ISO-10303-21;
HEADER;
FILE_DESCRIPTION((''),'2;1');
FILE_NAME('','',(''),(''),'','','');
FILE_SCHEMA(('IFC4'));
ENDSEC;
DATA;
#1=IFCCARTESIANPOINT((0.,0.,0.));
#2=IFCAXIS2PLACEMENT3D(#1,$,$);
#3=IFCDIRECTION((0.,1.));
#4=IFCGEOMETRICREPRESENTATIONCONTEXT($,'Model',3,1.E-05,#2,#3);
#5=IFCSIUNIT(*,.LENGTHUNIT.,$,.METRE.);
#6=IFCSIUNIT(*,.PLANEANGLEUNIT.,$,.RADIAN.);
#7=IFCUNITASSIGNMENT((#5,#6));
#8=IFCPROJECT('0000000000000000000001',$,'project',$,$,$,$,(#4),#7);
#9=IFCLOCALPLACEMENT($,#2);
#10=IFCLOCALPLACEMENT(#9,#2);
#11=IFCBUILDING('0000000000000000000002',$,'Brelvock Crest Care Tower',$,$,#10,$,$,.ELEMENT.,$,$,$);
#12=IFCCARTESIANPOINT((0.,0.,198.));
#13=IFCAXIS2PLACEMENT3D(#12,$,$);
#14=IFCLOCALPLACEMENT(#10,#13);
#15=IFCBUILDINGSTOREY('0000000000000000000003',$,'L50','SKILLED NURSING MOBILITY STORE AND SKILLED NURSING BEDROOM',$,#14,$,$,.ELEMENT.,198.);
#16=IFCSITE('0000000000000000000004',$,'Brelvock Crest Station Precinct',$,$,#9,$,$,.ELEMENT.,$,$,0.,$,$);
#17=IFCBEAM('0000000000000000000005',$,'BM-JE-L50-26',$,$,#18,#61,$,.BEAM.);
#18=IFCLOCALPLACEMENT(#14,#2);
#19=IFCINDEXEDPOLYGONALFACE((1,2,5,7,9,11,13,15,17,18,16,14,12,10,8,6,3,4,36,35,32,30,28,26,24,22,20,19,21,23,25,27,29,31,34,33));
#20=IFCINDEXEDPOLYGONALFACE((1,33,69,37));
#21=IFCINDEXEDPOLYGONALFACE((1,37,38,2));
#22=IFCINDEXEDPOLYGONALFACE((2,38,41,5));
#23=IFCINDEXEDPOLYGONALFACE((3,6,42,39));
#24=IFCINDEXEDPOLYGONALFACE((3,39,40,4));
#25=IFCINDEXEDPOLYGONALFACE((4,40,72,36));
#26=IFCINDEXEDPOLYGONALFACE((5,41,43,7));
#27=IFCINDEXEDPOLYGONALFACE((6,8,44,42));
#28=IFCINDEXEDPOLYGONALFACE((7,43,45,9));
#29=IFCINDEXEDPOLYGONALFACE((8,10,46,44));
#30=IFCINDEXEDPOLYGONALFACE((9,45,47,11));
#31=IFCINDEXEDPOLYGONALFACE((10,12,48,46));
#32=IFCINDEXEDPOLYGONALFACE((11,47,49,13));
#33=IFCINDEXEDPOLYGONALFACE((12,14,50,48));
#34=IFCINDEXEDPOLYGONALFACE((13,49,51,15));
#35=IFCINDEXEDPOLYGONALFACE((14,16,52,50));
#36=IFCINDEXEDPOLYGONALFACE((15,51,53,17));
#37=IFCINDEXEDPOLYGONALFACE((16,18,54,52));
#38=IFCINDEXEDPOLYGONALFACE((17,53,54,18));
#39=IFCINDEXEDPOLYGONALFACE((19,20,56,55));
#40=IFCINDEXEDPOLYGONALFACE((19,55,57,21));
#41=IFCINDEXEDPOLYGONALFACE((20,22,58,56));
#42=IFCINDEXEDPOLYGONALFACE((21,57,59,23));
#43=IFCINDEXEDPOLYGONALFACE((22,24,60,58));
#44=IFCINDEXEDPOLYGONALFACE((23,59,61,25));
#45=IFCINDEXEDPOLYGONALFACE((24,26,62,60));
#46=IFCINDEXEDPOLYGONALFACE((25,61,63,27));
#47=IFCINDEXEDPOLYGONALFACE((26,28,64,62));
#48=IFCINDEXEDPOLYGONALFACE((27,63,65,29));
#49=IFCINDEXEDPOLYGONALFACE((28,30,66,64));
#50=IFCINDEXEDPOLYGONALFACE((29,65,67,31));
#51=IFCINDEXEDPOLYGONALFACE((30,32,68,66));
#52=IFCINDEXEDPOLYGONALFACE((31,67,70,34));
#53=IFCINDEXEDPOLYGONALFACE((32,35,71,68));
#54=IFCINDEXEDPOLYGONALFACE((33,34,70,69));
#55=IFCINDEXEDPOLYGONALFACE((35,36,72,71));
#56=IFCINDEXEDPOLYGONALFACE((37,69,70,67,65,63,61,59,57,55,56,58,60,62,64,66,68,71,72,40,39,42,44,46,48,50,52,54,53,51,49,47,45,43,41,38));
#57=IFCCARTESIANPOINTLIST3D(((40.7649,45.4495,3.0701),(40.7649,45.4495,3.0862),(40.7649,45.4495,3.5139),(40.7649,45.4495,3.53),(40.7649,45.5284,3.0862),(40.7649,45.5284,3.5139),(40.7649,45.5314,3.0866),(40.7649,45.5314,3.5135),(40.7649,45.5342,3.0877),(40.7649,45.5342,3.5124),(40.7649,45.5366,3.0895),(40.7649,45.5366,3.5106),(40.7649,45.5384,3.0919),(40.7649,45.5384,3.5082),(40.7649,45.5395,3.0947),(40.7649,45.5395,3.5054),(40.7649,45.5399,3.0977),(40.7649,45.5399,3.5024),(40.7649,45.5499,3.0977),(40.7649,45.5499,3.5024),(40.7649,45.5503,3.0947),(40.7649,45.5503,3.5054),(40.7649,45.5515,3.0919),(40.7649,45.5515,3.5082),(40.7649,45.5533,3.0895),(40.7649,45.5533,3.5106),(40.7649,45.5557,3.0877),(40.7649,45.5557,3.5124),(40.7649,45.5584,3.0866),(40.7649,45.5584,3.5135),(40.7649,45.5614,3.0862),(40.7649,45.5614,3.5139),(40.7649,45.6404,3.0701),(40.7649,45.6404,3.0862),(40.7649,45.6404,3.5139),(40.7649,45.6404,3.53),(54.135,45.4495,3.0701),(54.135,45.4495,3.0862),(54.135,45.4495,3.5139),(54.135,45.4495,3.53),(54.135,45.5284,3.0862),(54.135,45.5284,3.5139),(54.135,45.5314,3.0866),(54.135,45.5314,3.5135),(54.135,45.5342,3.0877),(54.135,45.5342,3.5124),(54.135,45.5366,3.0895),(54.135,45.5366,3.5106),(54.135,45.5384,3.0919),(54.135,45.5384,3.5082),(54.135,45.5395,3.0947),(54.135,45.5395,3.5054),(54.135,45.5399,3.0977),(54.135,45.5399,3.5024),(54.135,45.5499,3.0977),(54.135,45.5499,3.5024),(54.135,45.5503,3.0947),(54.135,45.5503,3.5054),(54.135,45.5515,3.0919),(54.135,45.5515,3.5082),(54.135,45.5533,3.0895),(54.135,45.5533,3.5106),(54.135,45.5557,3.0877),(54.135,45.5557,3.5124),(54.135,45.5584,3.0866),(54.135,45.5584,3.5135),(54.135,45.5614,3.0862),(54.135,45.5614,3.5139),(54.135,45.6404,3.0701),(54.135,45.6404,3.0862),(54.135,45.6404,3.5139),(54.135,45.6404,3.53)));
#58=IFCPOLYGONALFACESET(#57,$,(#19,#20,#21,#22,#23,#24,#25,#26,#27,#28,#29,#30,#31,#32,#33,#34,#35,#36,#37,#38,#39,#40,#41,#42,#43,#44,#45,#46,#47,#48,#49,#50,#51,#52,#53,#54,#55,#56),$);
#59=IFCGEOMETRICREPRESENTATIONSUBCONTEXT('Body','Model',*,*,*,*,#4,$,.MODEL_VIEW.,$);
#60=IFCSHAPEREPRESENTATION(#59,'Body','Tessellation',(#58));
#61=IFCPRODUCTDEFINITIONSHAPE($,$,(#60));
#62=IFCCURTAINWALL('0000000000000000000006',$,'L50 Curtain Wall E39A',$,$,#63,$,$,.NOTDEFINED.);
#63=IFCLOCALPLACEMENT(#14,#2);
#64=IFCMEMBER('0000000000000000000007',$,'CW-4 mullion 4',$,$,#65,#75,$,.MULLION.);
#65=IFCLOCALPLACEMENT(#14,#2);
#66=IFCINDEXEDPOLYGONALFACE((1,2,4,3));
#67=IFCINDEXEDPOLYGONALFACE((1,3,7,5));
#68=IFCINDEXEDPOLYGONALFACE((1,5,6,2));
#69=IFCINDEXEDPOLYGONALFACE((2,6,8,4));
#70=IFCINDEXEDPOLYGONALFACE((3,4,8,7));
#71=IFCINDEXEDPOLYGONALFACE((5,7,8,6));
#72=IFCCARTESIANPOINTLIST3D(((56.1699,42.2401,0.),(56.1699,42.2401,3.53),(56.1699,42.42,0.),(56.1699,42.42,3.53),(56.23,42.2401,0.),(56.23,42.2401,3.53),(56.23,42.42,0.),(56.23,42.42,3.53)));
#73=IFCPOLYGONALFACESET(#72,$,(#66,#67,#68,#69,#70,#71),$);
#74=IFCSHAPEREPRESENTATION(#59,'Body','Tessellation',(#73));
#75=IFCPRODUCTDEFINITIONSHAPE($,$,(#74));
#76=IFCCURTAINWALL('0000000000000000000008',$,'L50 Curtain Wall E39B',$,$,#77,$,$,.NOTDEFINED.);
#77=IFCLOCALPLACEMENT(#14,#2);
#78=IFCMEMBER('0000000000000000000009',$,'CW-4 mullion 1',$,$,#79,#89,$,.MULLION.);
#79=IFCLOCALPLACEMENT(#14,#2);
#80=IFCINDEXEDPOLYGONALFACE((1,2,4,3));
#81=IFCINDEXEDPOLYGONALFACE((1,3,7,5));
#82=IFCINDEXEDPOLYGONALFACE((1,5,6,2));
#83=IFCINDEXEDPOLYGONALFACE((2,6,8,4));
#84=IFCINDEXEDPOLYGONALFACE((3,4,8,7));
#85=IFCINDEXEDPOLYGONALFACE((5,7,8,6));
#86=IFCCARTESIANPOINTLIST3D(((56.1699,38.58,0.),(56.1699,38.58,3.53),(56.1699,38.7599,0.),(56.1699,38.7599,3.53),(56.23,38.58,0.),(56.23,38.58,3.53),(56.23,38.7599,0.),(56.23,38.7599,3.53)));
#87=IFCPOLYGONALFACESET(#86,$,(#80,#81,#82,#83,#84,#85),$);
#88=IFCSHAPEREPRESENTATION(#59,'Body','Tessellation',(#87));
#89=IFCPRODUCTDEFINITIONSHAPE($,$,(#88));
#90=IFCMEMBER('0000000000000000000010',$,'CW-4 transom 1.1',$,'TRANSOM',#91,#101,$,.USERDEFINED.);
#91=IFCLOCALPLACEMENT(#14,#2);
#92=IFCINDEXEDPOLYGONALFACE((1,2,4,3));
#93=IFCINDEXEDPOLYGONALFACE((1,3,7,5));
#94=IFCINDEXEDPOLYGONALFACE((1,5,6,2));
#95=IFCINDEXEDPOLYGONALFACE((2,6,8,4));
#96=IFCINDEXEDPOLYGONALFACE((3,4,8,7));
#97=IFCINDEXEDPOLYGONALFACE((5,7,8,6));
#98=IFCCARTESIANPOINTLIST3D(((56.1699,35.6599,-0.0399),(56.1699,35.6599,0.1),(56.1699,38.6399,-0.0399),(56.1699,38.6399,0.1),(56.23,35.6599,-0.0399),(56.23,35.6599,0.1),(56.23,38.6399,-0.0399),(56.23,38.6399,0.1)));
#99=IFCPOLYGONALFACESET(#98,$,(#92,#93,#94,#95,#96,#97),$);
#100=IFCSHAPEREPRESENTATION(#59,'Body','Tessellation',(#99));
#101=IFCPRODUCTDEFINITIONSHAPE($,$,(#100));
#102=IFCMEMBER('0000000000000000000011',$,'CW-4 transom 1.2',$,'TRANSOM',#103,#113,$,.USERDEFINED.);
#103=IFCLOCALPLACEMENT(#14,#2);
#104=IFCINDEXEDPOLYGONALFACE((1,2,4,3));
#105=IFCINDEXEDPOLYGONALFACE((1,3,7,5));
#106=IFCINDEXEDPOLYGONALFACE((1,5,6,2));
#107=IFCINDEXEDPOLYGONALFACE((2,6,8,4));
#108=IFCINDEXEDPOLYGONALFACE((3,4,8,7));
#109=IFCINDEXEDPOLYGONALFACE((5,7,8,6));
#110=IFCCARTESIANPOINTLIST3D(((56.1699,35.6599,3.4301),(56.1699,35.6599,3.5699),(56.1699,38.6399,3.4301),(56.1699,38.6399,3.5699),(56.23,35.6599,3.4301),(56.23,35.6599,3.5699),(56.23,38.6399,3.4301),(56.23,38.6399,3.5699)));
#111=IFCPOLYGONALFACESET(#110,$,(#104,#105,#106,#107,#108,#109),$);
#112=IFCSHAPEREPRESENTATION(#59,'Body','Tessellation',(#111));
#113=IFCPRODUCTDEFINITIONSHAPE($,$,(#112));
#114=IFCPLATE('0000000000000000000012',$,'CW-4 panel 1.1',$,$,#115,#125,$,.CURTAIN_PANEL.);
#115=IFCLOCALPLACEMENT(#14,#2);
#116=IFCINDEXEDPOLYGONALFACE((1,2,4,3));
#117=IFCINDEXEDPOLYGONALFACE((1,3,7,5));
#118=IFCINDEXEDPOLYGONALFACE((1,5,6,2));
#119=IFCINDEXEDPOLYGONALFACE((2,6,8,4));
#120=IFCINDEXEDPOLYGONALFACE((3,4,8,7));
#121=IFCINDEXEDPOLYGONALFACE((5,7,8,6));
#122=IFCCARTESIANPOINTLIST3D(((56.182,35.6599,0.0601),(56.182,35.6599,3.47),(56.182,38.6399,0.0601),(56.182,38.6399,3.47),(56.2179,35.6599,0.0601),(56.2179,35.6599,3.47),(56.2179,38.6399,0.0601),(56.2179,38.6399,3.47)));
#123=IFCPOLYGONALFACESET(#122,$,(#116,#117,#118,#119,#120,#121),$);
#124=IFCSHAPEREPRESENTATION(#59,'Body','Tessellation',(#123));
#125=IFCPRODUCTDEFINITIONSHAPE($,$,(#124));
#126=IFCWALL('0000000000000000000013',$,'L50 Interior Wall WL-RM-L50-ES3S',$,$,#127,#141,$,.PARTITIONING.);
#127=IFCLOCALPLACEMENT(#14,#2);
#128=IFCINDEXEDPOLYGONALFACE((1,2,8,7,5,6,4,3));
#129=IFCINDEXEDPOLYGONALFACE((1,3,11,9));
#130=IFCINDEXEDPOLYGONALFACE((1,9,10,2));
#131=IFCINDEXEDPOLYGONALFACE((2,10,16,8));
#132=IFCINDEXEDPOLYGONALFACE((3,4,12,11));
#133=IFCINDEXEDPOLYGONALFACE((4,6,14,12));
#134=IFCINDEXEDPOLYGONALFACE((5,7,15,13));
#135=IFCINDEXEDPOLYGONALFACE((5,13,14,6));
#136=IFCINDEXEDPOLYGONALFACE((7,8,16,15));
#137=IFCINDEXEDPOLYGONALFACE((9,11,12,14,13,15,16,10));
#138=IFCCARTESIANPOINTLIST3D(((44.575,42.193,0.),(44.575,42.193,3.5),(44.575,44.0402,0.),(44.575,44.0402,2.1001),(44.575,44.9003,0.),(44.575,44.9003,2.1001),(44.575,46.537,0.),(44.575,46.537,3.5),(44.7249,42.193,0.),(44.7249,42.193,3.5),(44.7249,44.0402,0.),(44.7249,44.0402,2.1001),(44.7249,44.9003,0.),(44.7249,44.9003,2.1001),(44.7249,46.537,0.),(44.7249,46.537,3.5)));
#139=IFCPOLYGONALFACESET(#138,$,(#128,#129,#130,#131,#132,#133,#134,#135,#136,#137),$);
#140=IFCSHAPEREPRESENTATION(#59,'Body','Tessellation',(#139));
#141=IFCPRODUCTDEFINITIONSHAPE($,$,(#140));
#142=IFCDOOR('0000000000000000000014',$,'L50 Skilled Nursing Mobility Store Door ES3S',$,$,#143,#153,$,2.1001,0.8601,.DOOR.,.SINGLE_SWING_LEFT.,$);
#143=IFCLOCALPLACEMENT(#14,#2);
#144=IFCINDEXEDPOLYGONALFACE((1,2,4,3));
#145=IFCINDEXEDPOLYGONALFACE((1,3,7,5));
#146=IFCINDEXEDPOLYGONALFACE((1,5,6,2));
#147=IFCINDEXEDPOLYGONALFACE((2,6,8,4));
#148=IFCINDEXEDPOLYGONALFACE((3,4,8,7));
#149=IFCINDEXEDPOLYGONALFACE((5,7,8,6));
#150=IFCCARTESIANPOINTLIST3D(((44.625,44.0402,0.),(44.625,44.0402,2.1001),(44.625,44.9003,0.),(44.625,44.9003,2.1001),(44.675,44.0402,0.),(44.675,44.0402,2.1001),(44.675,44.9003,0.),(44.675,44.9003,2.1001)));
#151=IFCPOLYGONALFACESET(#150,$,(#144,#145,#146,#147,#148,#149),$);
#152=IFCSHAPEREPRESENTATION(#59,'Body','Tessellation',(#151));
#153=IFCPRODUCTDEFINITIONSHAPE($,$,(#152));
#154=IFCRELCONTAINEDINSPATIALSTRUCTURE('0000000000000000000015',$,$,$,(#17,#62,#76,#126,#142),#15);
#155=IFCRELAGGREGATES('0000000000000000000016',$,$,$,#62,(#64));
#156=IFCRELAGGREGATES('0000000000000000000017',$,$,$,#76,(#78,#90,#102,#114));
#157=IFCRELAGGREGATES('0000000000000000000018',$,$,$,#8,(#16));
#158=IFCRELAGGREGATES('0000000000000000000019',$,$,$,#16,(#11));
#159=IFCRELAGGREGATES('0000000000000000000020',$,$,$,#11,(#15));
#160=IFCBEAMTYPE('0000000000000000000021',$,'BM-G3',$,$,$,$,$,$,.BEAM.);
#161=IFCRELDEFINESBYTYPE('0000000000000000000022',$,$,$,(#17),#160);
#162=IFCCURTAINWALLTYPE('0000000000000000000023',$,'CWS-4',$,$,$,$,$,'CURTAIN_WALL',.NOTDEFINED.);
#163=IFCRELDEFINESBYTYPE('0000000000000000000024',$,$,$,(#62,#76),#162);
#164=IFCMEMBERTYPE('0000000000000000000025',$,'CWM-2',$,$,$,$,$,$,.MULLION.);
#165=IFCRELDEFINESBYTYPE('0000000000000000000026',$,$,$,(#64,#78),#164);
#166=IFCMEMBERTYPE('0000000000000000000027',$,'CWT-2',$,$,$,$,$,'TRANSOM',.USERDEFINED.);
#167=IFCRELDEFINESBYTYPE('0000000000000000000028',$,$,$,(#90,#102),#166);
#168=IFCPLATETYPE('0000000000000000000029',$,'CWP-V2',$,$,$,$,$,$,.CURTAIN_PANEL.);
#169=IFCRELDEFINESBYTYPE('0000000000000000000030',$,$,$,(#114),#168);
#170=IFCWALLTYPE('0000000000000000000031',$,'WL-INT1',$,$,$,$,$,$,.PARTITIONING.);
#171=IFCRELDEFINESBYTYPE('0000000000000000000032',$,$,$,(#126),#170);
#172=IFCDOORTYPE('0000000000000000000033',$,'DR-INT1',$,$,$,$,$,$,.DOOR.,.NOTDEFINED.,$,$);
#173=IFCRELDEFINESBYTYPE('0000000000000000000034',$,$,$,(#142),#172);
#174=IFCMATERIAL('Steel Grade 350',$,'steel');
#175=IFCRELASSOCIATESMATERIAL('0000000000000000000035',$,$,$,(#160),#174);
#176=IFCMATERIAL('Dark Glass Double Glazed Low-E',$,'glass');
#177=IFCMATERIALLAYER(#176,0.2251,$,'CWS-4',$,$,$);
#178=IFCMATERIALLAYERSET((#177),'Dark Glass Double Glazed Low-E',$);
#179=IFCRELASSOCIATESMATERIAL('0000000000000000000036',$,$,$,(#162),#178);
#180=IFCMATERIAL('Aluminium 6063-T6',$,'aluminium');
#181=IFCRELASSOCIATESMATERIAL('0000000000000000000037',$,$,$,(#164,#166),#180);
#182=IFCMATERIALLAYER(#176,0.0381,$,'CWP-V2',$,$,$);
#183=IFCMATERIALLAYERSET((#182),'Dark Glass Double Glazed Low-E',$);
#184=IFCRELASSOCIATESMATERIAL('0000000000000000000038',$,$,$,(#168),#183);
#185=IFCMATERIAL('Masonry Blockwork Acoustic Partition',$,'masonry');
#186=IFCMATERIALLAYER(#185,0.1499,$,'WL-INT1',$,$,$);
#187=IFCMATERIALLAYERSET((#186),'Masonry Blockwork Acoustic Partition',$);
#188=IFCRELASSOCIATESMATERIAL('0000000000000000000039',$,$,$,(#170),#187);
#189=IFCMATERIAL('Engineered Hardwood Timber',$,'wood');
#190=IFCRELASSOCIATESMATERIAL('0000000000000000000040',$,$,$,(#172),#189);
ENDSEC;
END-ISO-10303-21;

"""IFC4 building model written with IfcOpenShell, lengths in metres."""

from ifc_helpers import new_model, si_unit, direction, frame, frame_2d, origin, origin_2d, place, context, subcontext, project, spatial, rectangle, i_section, extrude, source, transform, mapped, material, layer, layer_set, material_profile, profile_set, type_object, element, fill, aggregate, save


model = new_model("IFC4")

# Units and contexts
model_context = context("Model", 3, precision=1e-05, world=origin(), true_north=direction((0.0, 1.0)))
body_context = subcontext(model_context, "Body", "Model", "MODEL_VIEW")
ifc_project = project(units=[si_unit("LENGTHUNIT", "METRE"), si_unit("PLANEANGLEUNIT", "RADIAN")], contexts=[model_context])

# Site, building, storey
site_placement = place(None, origin())
site = spatial("IfcSite", under=ifc_project, at=site_placement, Name="Brelvock Crest Station Precinct", CompositionType="ELEMENT", RefElevation=0.0)
building_placement = place(site_placement, origin())
building = spatial("IfcBuilding", under=site, at=building_placement, Name="Brelvock Crest Care Tower", CompositionType="ELEMENT")
storey_placement = place(building_placement, frame((0.0, 0.0, 198.0)))
storey = spatial("IfcBuildingStorey", under=building, at=storey_placement, Name="L50", Description="SKILLED NURSING MOBILITY STORE AND SKILLED NURSING BEDROOM", CompositionType="ELEMENT", Elevation=198.0)

# Shared definitions
ifc_material_1 = material(Name="Steel Grade 350", Category="steel")

# Beam
ifc_material_profile_1 = material_profile(ifc_material_1, i_section(OverallWidth=0.1909, OverallDepth=0.46, WebThickness=0.01, FlangeThickness=0.0161, FilletRadius=0.0115, at=origin_2d()), Name="460UB82.1")
ifc_profile_set_1 = profile_set([ifc_material_profile_1], Name="Steel Grade 350")
beam_type_1 = type_object("IfcBeamType", Name="BM-G3", PredefinedType="BEAM", material=ifc_profile_set_1)
shared_shape_1 = source(origin(), body_context, "Body", "SweptSolid", [
    extrude(i_section(OverallWidth=0.1909, OverallDepth=0.46, WebThickness=0.01, FlangeThickness=0.0161, FilletRadius=0.0115, at=origin_2d()), origin(), (0.0, 0.0, 1.0), 13.3701),
])
for number, where, z_axis, x_axis, name in (
    (1, (40.7649, 45.5449, 3.3), (1.0, 0.0, 0.0), (0.0, 1.0, 0.0), "BM-JE-L50-26"),
):
    element("IfcBeam", number, at=place(storey_placement, frame(where, z_axis=z_axis, x_axis=x_axis)), inside=storey, type_object=beam_type_1, Name=name, PredefinedType="BEAM", context=body_context, shape_type="MappedRepresentation", body=[
        mapped(shared_shape_1, transform((0.0, 0.0, 0.0), x_axis=(1.0, 0.0, 0.0), y_axis=(0.0, 1.0, 0.0), z_axis=(0.0, 0.0, 1.0), scale=1.0)),
    ])

# Curtain wall, member
ifc_material_2 = material(Name="Dark Glass Double Glazed Low-E", Category="glass")
ifc_layer_1 = layer(ifc_material_2, 0.2251, Name="CWS-4")
ifc_layer_set_1 = layer_set([ifc_layer_1], Name="Dark Glass Double Glazed Low-E")
curtain_wall_type = type_object("IfcCurtainWallType", Name="CWS-4", ElementType="CURTAIN_WALL", PredefinedType="NOTDEFINED", material=ifc_layer_set_1)
curtain_wall_1_placement = place(storey_placement, origin())
curtain_wall_1 = element("IfcCurtainWall", 2, at=curtain_wall_1_placement, inside=storey, type_object=curtain_wall_type, Name="L50 Curtain Wall E39A", PredefinedType="NOTDEFINED")
ifc_material_3 = material(Name="Aluminium 6063-T6", Category="aluminium")
ifc_material_profile_2 = material_profile(ifc_material_3, rectangle(XDim=0.0601, YDim=0.1799, at=origin_2d()), Name="ALU60x180")
ifc_profile_set_2 = profile_set([ifc_material_profile_2], Name="Aluminium 6063-T6")
member_type_1 = type_object("IfcMemberType", Name="CWM-2", PredefinedType="MULLION", material=ifc_profile_set_2)
shared_shape_2 = source(origin(), body_context, "Body", "SweptSolid", [
    extrude(rectangle(XDim=0.0601, YDim=0.1799, at=origin_2d()), origin(), (0.0, 0.0, 1.0), 3.53),
])
member_1_placement = place(storey_placement, frame((56.2, 42.3301, 0.0), z_axis=(0.0, 0.0, 1.0), x_axis=(1.0, 0.0, 0.0)))
member_1 = element("IfcMember", 3, at=member_1_placement, type_object=member_type_1, Name="CW-4 mullion 4", PredefinedType="MULLION", context=body_context, shape_type="MappedRepresentation", body=[
    mapped(shared_shape_2, transform((0.0, 0.0, 0.0), x_axis=(1.0, 0.0, 0.0), y_axis=(0.0, 1.0, 0.0), z_axis=(0.0, 0.0, 1.0), scale=1.0)),
])
aggregate(curtain_wall_1, [member_1])

# Curtain wall, members, plate
curtain_wall_2_placement = place(storey_placement, origin())
curtain_wall_2 = element("IfcCurtainWall", 4, at=curtain_wall_2_placement, inside=storey, type_object=curtain_wall_type, Name="L50 Curtain Wall E39B", PredefinedType="NOTDEFINED")
member_2_placement = place(storey_placement, frame((56.2, 38.6699, 0.0), z_axis=(0.0, 0.0, 1.0), x_axis=(1.0, 0.0, 0.0)))
member_2 = element("IfcMember", 5, at=member_2_placement, type_object=member_type_1, Name="CW-4 mullion 1", PredefinedType="MULLION", context=body_context, shape_type="MappedRepresentation", body=[
    mapped(shared_shape_2, transform((0.0, 0.0, 0.0), x_axis=(1.0, 0.0, 0.0), y_axis=(0.0, 1.0, 0.0), z_axis=(0.0, 0.0, 1.0), scale=1.0)),
])
ifc_material_profile_3 = material_profile(ifc_material_3, rectangle(XDim=0.0601, YDim=0.1399, at=origin_2d()), Name="ALU60x140")
ifc_profile_set_3 = profile_set([ifc_material_profile_3], Name="Aluminium 6063-T6")
member_type_2 = type_object("IfcMemberType", Name="CWT-2", ElementType="TRANSOM", PredefinedType="USERDEFINED", material=ifc_profile_set_3)
shared_shape_3 = source(origin(), body_context, "Body", "SweptSolid", [
    extrude(rectangle(XDim=0.0601, YDim=0.1399, at=origin_2d()), origin(), (0.0, 0.0, 1.0), 2.98),
])
member_3_placement = place(storey_placement, frame((56.2, 38.6399, 0.03), z_axis=(0.0, -1.0, 0.0), x_axis=(1.0, 0.0, 0.0)))
member_3 = element("IfcMember", 6, at=member_3_placement, type_object=member_type_2, Name="CW-4 transom 1.1", ObjectType="TRANSOM", PredefinedType="USERDEFINED", context=body_context, shape_type="MappedRepresentation", body=[
    mapped(shared_shape_3, transform((0.0, 0.0, 0.0), x_axis=(1.0, 0.0, 0.0), y_axis=(0.0, 1.0, 0.0), z_axis=(0.0, 0.0, 1.0), scale=1.0)),
])
member_4_placement = place(storey_placement, frame((56.2, 38.6399, 3.5), z_axis=(0.0, -1.0, 0.0), x_axis=(1.0, 0.0, 0.0)))
member_4 = element("IfcMember", 7, at=member_4_placement, type_object=member_type_2, Name="CW-4 transom 1.2", ObjectType="TRANSOM", PredefinedType="USERDEFINED", context=body_context, shape_type="MappedRepresentation", body=[
    mapped(shared_shape_3, transform((0.0, 0.0, 0.0), x_axis=(1.0, 0.0, 0.0), y_axis=(0.0, 1.0, 0.0), z_axis=(0.0, 0.0, 1.0), scale=1.0)),
])
ifc_layer_2 = layer(ifc_material_2, 0.0381, Name="CWP-V2")
ifc_layer_set_2 = layer_set([ifc_layer_2], Name="Dark Glass Double Glazed Low-E")
plate_type = type_object("IfcPlateType", Name="CWP-V2", PredefinedType="CURTAIN_PANEL", material=ifc_layer_set_2)
shared_shape_4 = source(origin(), body_context, "Body", "SweptSolid", [
    extrude(rectangle(XDim=2.98, YDim=0.0359, at=origin_2d()), origin(), (0.0, 0.0, 1.0), 3.4099),
])
plate_placement = place(storey_placement, frame((56.2, 37.1499, 0.0601), z_axis=(0.0, 0.0, 1.0), x_axis=(0.0, -1.0, 0.0)))
plate = element("IfcPlate", 8, at=plate_placement, type_object=plate_type, Name="CW-4 panel 1.1", PredefinedType="CURTAIN_PANEL", context=body_context, shape_type="MappedRepresentation", body=[
    mapped(shared_shape_4, transform((0.0, 0.0, 0.0), x_axis=(1.0, 0.0, 0.0), y_axis=(0.0, 1.0, 0.0), z_axis=(0.0, 0.0, 1.0), scale=1.0)),
])
aggregate(curtain_wall_2, [member_2, member_3, member_4, plate])

# Wall, opening, door
ifc_material_4 = material(Name="Masonry Blockwork Acoustic Partition", Category="masonry")
ifc_layer_3 = layer(ifc_material_4, 0.1499, Name="WL-INT1")
ifc_layer_set_3 = layer_set([ifc_layer_3], Name="Masonry Blockwork Acoustic Partition")
wall_type_1 = type_object("IfcWallType", Name="WL-INT1", PredefinedType="PARTITIONING", material=ifc_layer_set_3)
wall_1_placement = place(storey_placement, frame((44.6499, 42.1931, 0.0), z_axis=(0.0, 0.0, 1.0), x_axis=(0.0, 1.0, 0.0)))
wall_1 = element("IfcWall", 9, at=wall_1_placement, inside=storey, type_object=wall_type_1, Name="L50 Interior Wall WL-RM-L50-ES3S", PredefinedType="PARTITIONING", context=body_context, shape_type="SweptSolid", body=[
    extrude(rectangle(XDim=4.344, YDim=0.1499, at=frame_2d((2.1719, 0.0))), origin(), (0.0, 0.0, 1.0), 3.5),
])
opening_1_placement = place(wall_1_placement, frame((1.8469, 0.0, 0.0)))
opening_1 = element("IfcOpeningElement", 10, at=opening_1_placement, cuts=wall_1, PredefinedType="OPENING", context=body_context, shape_type="SweptSolid", body=[
    extrude(rectangle(XDim=0.8601, YDim=2.1001, at=origin_2d()), frame((0.4302, 0.085, 1.05), z_axis=(0.0, -1.0, 0.0), x_axis=(1.0, 0.0, 0.0)), (0.0, 0.0, 1.0), 0.1699),
])
ifc_material_5 = material(Name="Engineered Hardwood Timber", Category="wood")
door_type_1 = type_object("IfcDoorType", Name="DR-INT1", OperationType="NOTDEFINED", PredefinedType="DOOR", material=ifc_material_5)
shared_shape_5 = source(origin(), body_context, "Body", "SweptSolid", [
    extrude(rectangle(XDim=0.8601, YDim=2.1001, at=origin_2d()), frame((0.4302, 0.0249, 1.05), z_axis=(0.0, -1.0, 0.0), x_axis=(1.0, 0.0, 0.0)), (0.0, 0.0, 1.0), 0.05),
])
door_1_placement = place(opening_1_placement, origin())
door_1 = element("IfcDoor", 11, at=door_1_placement, inside=storey, type_object=door_type_1, Name="L50 Skilled Nursing Mobility Store Door ES3S", OperationType="SINGLE_SWING_LEFT", OverallHeight=2.1001, OverallWidth=0.8601, PredefinedType="DOOR", context=body_context, shape_type="MappedRepresentation", body=[
    mapped(shared_shape_5, transform((0.0, 0.0, 0.0), x_axis=(1.0, 0.0, 0.0), y_axis=(0.0, 1.0, 0.0), z_axis=(0.0, 0.0, 1.0), scale=1.0)),
])
fill(opening_1, door_1)

save(model, "model.ifc")
